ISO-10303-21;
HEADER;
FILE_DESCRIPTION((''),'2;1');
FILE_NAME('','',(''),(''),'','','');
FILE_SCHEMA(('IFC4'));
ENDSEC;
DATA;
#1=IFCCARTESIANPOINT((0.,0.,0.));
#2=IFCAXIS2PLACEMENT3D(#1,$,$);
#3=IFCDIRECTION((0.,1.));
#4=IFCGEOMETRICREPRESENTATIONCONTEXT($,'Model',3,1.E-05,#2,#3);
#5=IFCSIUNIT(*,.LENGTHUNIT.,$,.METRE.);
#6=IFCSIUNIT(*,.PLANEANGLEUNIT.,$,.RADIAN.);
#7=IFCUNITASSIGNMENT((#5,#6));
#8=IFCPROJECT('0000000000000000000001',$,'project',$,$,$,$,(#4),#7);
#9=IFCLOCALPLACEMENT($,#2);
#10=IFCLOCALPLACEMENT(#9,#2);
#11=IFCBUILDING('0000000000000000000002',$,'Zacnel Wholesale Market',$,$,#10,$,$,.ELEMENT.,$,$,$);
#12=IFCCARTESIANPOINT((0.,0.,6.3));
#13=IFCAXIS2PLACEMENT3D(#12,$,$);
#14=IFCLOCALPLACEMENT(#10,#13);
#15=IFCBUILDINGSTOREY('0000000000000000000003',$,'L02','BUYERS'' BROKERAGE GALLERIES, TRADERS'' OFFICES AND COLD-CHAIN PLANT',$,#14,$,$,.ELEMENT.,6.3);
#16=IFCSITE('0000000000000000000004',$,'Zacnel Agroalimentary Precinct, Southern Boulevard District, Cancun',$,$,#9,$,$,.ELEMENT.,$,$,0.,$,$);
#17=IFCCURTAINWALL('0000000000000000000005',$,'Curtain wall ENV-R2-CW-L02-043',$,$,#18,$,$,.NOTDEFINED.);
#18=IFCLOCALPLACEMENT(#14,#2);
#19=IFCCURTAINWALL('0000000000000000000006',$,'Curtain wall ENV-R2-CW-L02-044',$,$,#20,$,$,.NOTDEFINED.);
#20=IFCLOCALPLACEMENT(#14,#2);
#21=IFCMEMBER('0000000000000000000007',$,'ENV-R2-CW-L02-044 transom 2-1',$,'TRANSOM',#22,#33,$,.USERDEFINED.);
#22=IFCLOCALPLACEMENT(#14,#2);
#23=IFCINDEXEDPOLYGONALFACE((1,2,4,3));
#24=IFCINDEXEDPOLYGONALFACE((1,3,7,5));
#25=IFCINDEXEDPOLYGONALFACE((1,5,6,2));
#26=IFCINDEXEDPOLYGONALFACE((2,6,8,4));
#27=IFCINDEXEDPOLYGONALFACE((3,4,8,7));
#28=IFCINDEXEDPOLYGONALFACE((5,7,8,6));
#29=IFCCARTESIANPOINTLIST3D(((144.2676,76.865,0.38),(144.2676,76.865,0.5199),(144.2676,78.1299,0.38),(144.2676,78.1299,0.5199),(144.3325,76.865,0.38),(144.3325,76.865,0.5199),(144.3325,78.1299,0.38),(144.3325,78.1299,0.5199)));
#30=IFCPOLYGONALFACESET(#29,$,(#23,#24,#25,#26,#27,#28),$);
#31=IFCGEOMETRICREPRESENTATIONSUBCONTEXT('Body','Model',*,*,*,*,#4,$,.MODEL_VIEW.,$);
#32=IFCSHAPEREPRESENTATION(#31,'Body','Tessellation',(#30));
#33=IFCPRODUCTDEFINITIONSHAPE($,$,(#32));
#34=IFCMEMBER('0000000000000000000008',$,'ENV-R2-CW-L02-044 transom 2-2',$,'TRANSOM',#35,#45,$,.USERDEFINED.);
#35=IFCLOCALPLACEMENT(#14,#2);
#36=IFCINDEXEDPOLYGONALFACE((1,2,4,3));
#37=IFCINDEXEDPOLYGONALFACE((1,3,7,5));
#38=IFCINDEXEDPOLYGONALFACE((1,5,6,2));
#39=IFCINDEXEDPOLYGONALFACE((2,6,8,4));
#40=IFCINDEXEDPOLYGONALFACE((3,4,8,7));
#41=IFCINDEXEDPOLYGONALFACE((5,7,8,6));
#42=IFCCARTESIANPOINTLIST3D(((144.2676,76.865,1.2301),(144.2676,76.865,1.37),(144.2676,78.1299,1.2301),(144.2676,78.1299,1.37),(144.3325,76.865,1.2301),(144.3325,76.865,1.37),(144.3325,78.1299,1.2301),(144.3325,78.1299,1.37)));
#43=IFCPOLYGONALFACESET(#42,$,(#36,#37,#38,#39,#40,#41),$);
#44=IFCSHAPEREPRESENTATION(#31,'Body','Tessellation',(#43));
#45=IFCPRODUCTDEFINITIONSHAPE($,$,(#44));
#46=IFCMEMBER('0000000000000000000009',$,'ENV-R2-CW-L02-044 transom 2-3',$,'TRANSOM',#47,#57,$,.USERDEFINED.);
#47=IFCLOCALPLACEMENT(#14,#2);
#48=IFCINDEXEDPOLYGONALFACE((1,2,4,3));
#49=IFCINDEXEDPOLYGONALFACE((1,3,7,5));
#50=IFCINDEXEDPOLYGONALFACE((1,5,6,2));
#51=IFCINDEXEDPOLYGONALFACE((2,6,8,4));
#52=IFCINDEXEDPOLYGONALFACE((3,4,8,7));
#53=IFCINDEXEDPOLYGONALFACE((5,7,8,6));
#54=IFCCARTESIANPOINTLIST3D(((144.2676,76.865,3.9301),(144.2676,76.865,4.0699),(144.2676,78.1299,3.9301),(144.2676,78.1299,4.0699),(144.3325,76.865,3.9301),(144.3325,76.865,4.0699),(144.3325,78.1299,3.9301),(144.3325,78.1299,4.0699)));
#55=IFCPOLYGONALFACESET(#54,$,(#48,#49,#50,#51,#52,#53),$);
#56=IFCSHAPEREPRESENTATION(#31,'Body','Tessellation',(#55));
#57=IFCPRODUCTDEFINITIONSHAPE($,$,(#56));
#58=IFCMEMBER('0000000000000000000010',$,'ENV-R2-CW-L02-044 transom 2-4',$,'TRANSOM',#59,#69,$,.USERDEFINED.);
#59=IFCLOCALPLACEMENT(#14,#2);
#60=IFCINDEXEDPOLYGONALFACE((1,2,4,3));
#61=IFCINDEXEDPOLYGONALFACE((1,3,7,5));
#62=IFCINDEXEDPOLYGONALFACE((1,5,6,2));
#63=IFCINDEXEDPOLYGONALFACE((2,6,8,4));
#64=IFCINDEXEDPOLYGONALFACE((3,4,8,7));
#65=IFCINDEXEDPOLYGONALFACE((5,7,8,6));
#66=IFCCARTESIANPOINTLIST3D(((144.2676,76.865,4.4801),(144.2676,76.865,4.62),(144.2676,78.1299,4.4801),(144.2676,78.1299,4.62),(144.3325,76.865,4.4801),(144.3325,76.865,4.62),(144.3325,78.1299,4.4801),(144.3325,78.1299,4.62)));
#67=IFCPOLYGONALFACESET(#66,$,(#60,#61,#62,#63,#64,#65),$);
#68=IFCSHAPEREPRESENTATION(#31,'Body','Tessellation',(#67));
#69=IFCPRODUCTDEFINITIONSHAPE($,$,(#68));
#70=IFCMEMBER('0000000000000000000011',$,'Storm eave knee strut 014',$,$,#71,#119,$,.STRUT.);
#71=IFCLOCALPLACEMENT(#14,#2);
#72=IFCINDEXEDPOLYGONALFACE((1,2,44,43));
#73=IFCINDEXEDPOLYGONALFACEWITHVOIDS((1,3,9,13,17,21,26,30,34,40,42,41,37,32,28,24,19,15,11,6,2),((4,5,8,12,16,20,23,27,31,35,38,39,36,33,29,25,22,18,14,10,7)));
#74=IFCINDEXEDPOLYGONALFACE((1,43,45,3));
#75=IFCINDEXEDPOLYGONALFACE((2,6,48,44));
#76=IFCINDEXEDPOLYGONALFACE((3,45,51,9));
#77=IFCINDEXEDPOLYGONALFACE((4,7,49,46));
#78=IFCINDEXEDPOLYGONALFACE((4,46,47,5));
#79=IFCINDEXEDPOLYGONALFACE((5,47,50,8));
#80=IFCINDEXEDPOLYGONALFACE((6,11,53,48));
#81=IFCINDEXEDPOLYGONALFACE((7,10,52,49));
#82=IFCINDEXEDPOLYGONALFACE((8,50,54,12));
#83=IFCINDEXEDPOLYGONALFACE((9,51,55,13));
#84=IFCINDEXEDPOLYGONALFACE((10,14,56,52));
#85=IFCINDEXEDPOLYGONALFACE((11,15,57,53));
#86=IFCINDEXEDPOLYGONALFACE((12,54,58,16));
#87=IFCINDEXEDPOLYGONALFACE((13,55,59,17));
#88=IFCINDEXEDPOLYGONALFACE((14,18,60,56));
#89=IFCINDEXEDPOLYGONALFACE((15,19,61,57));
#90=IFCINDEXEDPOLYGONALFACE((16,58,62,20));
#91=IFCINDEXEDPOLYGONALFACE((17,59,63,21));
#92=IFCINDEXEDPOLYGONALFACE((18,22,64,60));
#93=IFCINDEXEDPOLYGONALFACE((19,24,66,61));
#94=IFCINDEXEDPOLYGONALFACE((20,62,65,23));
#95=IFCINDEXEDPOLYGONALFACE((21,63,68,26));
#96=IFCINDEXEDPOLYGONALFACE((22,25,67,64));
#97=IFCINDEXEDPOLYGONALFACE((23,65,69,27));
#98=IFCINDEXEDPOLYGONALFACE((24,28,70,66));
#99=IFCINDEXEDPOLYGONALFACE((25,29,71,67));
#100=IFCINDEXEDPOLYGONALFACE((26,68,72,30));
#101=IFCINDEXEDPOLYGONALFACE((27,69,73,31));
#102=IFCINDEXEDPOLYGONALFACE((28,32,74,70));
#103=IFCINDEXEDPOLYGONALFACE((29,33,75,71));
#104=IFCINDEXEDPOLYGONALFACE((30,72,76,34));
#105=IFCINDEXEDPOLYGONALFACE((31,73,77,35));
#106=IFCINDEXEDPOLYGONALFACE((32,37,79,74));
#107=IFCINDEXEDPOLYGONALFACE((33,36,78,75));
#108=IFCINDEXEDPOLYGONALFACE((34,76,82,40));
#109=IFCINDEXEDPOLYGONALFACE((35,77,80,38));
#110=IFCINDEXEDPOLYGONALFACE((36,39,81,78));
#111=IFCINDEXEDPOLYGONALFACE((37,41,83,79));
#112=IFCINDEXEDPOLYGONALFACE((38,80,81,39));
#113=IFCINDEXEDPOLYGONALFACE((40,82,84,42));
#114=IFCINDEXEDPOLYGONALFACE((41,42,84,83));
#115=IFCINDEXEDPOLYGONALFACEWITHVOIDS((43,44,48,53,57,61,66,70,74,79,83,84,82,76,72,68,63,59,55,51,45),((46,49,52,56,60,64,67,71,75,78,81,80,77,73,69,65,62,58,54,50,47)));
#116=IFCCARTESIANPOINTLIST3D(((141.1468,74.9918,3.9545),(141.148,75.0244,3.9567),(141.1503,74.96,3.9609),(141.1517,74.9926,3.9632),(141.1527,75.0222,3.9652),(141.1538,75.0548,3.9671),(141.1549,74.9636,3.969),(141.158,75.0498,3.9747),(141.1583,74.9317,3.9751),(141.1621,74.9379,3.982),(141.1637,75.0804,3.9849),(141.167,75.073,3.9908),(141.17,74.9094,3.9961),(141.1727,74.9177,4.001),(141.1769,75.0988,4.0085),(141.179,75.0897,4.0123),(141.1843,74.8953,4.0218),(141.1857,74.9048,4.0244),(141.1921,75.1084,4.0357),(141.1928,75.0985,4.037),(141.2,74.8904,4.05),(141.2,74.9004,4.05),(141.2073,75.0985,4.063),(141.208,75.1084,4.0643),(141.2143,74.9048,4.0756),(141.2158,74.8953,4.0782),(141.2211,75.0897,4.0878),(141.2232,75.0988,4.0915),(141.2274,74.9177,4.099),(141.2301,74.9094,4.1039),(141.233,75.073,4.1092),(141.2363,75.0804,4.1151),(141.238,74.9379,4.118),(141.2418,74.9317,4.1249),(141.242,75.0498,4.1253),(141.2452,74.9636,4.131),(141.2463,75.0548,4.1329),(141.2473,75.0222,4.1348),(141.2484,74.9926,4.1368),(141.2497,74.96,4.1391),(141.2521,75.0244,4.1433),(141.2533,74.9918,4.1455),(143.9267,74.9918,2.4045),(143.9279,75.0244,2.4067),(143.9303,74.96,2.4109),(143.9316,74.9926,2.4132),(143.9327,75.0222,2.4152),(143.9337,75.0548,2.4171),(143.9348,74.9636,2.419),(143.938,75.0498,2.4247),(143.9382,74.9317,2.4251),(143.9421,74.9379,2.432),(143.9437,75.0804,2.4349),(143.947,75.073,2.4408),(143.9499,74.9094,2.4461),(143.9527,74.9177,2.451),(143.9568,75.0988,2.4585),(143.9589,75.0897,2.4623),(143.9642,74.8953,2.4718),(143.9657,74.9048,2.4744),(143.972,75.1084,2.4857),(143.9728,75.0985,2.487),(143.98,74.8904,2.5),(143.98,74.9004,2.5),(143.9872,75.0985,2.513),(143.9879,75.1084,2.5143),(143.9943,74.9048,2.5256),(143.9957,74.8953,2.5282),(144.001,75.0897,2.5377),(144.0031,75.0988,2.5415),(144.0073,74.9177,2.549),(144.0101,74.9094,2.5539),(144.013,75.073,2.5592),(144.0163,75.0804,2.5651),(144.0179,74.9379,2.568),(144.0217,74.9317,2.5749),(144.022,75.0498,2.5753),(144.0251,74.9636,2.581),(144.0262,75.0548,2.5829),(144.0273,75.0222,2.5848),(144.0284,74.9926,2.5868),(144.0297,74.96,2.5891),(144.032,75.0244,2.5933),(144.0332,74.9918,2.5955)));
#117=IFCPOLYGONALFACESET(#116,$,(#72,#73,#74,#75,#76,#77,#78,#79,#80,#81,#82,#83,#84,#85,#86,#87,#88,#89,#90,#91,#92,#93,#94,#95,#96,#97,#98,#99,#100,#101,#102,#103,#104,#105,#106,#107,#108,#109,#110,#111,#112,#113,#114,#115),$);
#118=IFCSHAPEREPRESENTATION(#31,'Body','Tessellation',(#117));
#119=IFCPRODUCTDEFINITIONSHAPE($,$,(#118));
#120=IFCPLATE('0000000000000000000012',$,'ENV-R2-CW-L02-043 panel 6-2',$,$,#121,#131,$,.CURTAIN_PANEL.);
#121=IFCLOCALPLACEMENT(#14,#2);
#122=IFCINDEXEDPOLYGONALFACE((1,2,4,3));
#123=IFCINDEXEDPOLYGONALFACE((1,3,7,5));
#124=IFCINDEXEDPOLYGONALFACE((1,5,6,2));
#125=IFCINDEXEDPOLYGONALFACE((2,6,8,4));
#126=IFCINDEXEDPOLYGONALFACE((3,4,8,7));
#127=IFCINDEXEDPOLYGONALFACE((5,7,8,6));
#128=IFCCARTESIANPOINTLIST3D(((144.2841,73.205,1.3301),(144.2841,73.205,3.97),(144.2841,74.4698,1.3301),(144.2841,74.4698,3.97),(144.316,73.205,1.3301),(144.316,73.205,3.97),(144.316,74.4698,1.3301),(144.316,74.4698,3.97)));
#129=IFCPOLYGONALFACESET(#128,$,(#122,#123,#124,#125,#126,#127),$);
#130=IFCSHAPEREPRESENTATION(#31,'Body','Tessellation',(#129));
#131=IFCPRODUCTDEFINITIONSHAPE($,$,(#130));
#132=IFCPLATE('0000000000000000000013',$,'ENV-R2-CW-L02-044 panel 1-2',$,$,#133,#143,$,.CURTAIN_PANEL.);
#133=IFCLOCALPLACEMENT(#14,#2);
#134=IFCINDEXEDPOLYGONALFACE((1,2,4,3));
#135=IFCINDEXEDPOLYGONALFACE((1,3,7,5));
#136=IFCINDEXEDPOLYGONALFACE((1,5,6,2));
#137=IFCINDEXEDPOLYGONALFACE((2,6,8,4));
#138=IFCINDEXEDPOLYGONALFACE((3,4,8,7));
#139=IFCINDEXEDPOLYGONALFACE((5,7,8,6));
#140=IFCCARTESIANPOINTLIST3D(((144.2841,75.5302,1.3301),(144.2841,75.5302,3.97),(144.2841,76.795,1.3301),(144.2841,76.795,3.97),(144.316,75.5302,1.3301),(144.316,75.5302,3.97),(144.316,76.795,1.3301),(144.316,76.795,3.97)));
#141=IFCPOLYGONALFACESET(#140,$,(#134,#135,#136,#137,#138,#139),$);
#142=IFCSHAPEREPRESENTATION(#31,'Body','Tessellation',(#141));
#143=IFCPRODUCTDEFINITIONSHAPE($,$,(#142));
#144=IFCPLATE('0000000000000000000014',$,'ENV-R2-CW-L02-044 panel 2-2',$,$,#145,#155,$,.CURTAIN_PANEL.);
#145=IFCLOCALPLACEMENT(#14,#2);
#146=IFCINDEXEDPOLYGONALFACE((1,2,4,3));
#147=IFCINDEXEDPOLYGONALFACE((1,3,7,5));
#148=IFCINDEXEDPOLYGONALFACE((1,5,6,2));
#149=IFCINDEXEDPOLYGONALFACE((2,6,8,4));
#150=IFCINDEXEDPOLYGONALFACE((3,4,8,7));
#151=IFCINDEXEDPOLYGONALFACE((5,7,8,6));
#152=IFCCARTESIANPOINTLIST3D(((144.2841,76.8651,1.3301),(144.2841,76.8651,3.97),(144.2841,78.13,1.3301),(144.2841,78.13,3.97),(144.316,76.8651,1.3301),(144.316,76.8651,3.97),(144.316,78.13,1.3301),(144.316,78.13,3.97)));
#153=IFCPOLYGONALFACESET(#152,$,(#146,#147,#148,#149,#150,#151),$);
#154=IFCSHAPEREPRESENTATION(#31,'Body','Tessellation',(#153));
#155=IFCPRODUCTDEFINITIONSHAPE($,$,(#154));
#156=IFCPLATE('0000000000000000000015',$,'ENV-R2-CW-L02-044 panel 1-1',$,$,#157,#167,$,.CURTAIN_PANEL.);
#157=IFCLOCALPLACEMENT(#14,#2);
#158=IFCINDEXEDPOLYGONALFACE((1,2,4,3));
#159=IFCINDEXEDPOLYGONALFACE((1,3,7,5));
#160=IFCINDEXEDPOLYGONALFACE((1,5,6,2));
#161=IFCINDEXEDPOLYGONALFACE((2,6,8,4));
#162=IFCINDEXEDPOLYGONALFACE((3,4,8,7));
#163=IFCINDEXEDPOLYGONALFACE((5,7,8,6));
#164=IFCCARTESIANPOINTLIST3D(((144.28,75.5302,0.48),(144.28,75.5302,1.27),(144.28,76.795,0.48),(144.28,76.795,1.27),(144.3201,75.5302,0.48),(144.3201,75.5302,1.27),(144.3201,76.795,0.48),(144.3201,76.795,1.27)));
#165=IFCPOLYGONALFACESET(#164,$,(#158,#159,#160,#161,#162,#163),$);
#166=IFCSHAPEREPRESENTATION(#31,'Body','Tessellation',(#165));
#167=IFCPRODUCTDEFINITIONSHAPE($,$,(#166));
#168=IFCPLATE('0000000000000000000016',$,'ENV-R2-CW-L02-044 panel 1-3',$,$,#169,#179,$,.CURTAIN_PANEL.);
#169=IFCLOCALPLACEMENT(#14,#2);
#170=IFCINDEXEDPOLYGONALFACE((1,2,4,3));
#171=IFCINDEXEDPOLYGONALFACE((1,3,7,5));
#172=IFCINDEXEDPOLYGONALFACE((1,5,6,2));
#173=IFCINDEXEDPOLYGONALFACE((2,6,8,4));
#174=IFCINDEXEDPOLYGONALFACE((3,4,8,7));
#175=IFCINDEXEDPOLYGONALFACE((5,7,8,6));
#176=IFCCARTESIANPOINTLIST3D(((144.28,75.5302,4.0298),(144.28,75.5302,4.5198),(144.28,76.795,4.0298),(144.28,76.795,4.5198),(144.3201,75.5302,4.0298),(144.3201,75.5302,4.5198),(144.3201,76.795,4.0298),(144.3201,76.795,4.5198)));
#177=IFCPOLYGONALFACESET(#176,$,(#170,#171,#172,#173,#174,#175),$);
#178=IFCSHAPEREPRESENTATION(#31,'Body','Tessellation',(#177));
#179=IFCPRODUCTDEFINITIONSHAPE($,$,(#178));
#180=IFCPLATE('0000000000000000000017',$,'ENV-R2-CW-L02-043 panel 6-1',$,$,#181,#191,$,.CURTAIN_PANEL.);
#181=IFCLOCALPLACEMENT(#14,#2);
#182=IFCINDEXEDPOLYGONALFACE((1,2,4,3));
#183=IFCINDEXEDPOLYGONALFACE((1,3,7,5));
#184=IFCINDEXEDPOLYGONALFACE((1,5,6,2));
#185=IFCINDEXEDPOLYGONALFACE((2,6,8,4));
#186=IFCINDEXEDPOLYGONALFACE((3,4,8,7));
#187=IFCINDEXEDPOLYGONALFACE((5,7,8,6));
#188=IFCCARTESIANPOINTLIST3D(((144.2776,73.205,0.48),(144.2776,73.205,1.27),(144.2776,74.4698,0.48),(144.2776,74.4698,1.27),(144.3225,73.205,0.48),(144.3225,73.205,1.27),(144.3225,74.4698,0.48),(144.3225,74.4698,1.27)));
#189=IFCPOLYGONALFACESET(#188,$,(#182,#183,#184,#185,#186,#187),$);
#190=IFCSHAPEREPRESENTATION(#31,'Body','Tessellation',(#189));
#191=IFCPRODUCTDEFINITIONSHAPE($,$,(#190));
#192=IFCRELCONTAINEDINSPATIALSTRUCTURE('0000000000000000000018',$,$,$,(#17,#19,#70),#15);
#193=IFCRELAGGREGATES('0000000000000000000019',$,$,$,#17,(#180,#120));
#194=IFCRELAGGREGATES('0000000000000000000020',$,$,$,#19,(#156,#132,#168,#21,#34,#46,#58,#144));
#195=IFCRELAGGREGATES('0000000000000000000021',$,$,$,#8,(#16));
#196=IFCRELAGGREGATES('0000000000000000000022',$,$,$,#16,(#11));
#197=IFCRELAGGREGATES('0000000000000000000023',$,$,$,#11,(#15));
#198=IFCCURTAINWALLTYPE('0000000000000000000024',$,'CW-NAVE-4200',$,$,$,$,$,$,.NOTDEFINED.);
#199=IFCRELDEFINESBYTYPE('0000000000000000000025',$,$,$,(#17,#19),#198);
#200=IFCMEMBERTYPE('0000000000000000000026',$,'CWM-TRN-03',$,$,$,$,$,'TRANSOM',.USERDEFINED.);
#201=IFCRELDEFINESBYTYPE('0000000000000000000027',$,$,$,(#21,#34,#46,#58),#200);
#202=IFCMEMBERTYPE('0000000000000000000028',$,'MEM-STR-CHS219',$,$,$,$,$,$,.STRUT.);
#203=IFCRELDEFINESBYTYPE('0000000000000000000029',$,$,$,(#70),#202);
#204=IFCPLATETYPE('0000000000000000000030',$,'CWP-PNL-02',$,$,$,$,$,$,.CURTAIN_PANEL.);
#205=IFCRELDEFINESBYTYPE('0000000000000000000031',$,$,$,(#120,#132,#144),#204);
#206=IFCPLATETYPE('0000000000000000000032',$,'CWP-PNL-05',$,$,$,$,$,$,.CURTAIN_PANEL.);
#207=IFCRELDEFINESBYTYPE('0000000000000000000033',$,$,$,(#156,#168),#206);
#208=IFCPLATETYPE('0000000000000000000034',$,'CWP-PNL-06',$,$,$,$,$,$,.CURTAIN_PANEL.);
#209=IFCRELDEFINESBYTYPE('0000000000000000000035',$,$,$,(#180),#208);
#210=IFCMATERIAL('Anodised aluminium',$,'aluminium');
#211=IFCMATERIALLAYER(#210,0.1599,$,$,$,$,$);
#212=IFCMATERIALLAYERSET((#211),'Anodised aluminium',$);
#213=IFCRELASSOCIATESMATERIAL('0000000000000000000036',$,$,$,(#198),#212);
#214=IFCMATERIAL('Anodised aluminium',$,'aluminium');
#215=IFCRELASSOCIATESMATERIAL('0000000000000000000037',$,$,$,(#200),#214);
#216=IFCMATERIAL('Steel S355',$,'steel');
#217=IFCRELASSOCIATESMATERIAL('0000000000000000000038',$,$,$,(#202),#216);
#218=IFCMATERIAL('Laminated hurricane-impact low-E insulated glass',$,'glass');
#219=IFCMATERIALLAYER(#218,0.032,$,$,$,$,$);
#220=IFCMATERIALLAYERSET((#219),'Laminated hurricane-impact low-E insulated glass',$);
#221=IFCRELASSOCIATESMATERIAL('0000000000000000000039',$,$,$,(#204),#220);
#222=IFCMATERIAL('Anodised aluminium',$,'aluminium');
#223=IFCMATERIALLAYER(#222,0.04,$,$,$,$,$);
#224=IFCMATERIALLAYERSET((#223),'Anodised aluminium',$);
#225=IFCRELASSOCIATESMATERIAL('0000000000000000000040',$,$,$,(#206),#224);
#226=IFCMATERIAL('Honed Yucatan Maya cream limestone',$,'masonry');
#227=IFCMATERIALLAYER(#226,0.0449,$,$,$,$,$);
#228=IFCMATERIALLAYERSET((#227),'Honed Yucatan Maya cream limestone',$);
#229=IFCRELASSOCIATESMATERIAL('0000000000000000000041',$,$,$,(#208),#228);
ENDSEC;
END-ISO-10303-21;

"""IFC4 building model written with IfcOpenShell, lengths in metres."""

from ifc_helpers import new_model, si_unit, direction, frame, origin, origin_2d, place, context, subcontext, project, spatial, rectangle, hollow_circle, extrude, material, layer, layer_set, material_profile, profile_set, type_object, element, aggregate, save


model = new_model("IFC4")

# Units and contexts
model_context = context("Model", 3, precision=1e-05, world=origin(), true_north=direction((0.0, 1.0)))
body_context = subcontext(model_context, "Body", "Model", "MODEL_VIEW")
ifc_project = project(units=[si_unit("LENGTHUNIT", "METRE"), si_unit("PLANEANGLEUNIT", "RADIAN")], contexts=[model_context])

# Site, building, storey
site_placement = place(None, origin())
site = spatial("IfcSite", under=ifc_project, at=site_placement, Name="Zacnel Agroalimentary Precinct, Southern Boulevard District, Cancun", CompositionType="ELEMENT", RefElevation=0.0)
building_placement = place(site_placement, origin())
building = spatial("IfcBuilding", under=site, at=building_placement, Name="Zacnel Wholesale Market", CompositionType="ELEMENT")
storey_placement = place(building_placement, frame((0.0, 0.0, 6.3)))
storey = spatial("IfcBuildingStorey", under=building, at=storey_placement, Name="L02", Description="BUYERS' BROKERAGE GALLERIES, TRADERS' OFFICES AND COLD-CHAIN PLANT", CompositionType="ELEMENT", Elevation=6.3)

# Curtain walls
ifc_material_1 = material(Name="Anodised aluminium", Category="aluminium")
ifc_layer_1 = layer(ifc_material_1, 0.1599)
ifc_layer_set_1 = layer_set([ifc_layer_1], Name="Anodised aluminium")
curtain_wall_type = type_object("IfcCurtainWallType", Name="CW-NAVE-4200", PredefinedType="NOTDEFINED", material=ifc_layer_set_1)
curtain_wall_1_placement = place(storey_placement, origin())
curtain_wall_1 = element("IfcCurtainWall", 1, at=curtain_wall_1_placement, inside=storey, type_object=curtain_wall_type, Name="Curtain wall ENV-R2-CW-L02-043", PredefinedType="NOTDEFINED")
curtain_wall_2_placement = place(storey_placement, origin())
curtain_wall_2 = element("IfcCurtainWall", 2, at=curtain_wall_2_placement, inside=storey, type_object=curtain_wall_type, Name="Curtain wall ENV-R2-CW-L02-044", PredefinedType="NOTDEFINED")

# Members
ifc_material_2 = material(Name="Anodised aluminium", Category="aluminium")
ifc_material_profile_1 = material_profile(ifc_material_2, rectangle(XDim=0.0649, YDim=0.1399, at=origin_2d()), Name="AW-TRANSOM 65x140")
ifc_profile_set_1 = profile_set([ifc_material_profile_1], Name="Anodised aluminium")
member_type_1 = type_object("IfcMemberType", Name="CWM-TRN-03", ElementType="TRANSOM", PredefinedType="USERDEFINED", material=ifc_profile_set_1)
member_1_placement = place(storey_placement, frame((144.3, 76.865, 0.45), z_axis=(0.0, 1.0, 0.0), x_axis=(-1.0, 0.0, 0.0)))
member_1 = element("IfcMember", 3, at=member_1_placement, type_object=member_type_1, Name="ENV-R2-CW-L02-044 transom 2-1", ObjectType="TRANSOM", PredefinedType="USERDEFINED", context=body_context, shape_type="SweptSolid", body=[
    extrude(rectangle(XDim=0.0649, YDim=0.1399, at=origin_2d()), origin(), (0.0, 0.0, 1.0), 1.2649),
])
member_2_placement = place(storey_placement, frame((144.3, 76.865, 1.3), z_axis=(0.0, 1.0, 0.0), x_axis=(-1.0, 0.0, 0.0)))
member_2 = element("IfcMember", 4, at=member_2_placement, type_object=member_type_1, Name="ENV-R2-CW-L02-044 transom 2-2", ObjectType="TRANSOM", PredefinedType="USERDEFINED", context=body_context, shape_type="SweptSolid", body=[
    extrude(rectangle(XDim=0.0649, YDim=0.1399, at=origin_2d()), origin(), (0.0, 0.0, 1.0), 1.2649),
])
member_3_placement = place(storey_placement, frame((144.3, 76.865, 4.0), z_axis=(0.0, 1.0, 0.0), x_axis=(-1.0, 0.0, 0.0)))
member_3 = element("IfcMember", 5, at=member_3_placement, type_object=member_type_1, Name="ENV-R2-CW-L02-044 transom 2-3", ObjectType="TRANSOM", PredefinedType="USERDEFINED", context=body_context, shape_type="SweptSolid", body=[
    extrude(rectangle(XDim=0.0649, YDim=0.1399, at=origin_2d()), origin(), (0.0, 0.0, 1.0), 1.2649),
])
member_4_placement = place(storey_placement, frame((144.3, 76.865, 4.55), z_axis=(0.0, 1.0, 0.0), x_axis=(-1.0, 0.0, 0.0)))
member_4 = element("IfcMember", 6, at=member_4_placement, type_object=member_type_1, Name="ENV-R2-CW-L02-044 transom 2-4", ObjectType="TRANSOM", PredefinedType="USERDEFINED", context=body_context, shape_type="SweptSolid", body=[
    extrude(rectangle(XDim=0.0649, YDim=0.1399, at=origin_2d()), origin(), (0.0, 0.0, 1.0), 1.2649),
])
ifc_material_3 = material(Name="Steel S355", Category="steel")
ifc_material_profile_2 = material_profile(ifc_material_3, hollow_circle(Radius=0.1096, WallThickness=0.01, at=origin_2d()), Name="CHS 219.1x10")
ifc_profile_set_2 = profile_set([ifc_material_profile_2], Name="Steel S355")
member_type_2 = type_object("IfcMemberType", Name="MEM-STR-CHS219", PredefinedType="STRUT", material=ifc_profile_set_2)
member_5_placement = place(storey_placement, frame((143.98, 75.0, 2.5), z_axis=(-0.873411, 0.0, 0.486984), x_axis=(0.0, -1.0, 0.0)))
element("IfcMember", 7, at=member_5_placement, inside=storey, type_object=member_type_2, Name="Storm eave knee strut 014", PredefinedType="STRUT", context=body_context, shape_type="SweptSolid", body=[
    extrude(hollow_circle(Radius=0.1096, WallThickness=0.01, at=origin_2d()), origin(), (0.0, 0.0, 1.0), 3.1829),
])

# Plates
ifc_material_4 = material(Name="Laminated hurricane-impact low-E insulated glass", Category="glass")
ifc_layer_2 = layer(ifc_material_4, 0.032)
ifc_layer_set_2 = layer_set([ifc_layer_2], Name="Laminated hurricane-impact low-E insulated glass")
plate_type_1 = type_object("IfcPlateType", Name="CWP-PNL-02", PredefinedType="CURTAIN_PANEL", material=ifc_layer_set_2)
plate_1_placement = place(storey_placement, frame((144.3, 73.8374, 1.3301), z_axis=(0.0, 0.0, 1.0), x_axis=(0.0, 1.0, 0.0)))
plate_1 = element("IfcPlate", 8, at=plate_1_placement, type_object=plate_type_1, Name="ENV-R2-CW-L02-043 panel 6-2", PredefinedType="CURTAIN_PANEL", context=body_context, shape_type="SweptSolid", body=[
    extrude(rectangle(XDim=1.2649, YDim=0.032, at=origin_2d()), origin(), (0.0, 0.0, 1.0), 2.6399),
])
plate_2_placement = place(storey_placement, frame((144.3, 76.1626, 1.3301), z_axis=(0.0, 0.0, 1.0), x_axis=(0.0, 1.0, 0.0)))
plate_2 = element("IfcPlate", 9, at=plate_2_placement, type_object=plate_type_1, Name="ENV-R2-CW-L02-044 panel 1-2", PredefinedType="CURTAIN_PANEL", context=body_context, shape_type="SweptSolid", body=[
    extrude(rectangle(XDim=1.2649, YDim=0.032, at=origin_2d()), origin(), (0.0, 0.0, 1.0), 2.6399),
])
plate_3_placement = place(storey_placement, frame((144.3, 77.4976, 1.3301), z_axis=(0.0, 0.0, 1.0), x_axis=(0.0, 1.0, 0.0)))
plate_3 = element("IfcPlate", 10, at=plate_3_placement, type_object=plate_type_1, Name="ENV-R2-CW-L02-044 panel 2-2", PredefinedType="CURTAIN_PANEL", context=body_context, shape_type="SweptSolid", body=[
    extrude(rectangle(XDim=1.2649, YDim=0.032, at=origin_2d()), origin(), (0.0, 0.0, 1.0), 2.6399),
])
ifc_material_5 = material(Name="Anodised aluminium", Category="aluminium")
ifc_layer_3 = layer(ifc_material_5, 0.04)
ifc_layer_set_3 = layer_set([ifc_layer_3], Name="Anodised aluminium")
plate_type_2 = type_object("IfcPlateType", Name="CWP-PNL-05", PredefinedType="CURTAIN_PANEL", material=ifc_layer_set_3)
plate_4_placement = place(storey_placement, frame((144.3, 76.1626, 0.48), z_axis=(0.0, 0.0, 1.0), x_axis=(0.0, 1.0, 0.0)))
plate_4 = element("IfcPlate", 11, at=plate_4_placement, type_object=plate_type_2, Name="ENV-R2-CW-L02-044 panel 1-1", PredefinedType="CURTAIN_PANEL", context=body_context, shape_type="SweptSolid", body=[
    extrude(rectangle(XDim=1.2649, YDim=0.04, at=origin_2d()), origin(), (0.0, 0.0, 1.0), 0.79),
])
plate_5_placement = place(storey_placement, frame((144.3, 76.1626, 4.0298), z_axis=(0.0, 0.0, 1.0), x_axis=(0.0, 1.0, 0.0)))
plate_5 = element("IfcPlate", 12, at=plate_5_placement, type_object=plate_type_2, Name="ENV-R2-CW-L02-044 panel 1-3", PredefinedType="CURTAIN_PANEL", context=body_context, shape_type="SweptSolid", body=[
    extrude(rectangle(XDim=1.2649, YDim=0.04, at=origin_2d()), origin(), (0.0, 0.0, 1.0), 0.49),
])
ifc_material_6 = material(Name="Honed Yucatan Maya cream limestone", Category="masonry")
ifc_layer_4 = layer(ifc_material_6, 0.0449)
ifc_layer_set_4 = layer_set([ifc_layer_4], Name="Honed Yucatan Maya cream limestone")
plate_type_3 = type_object("IfcPlateType", Name="CWP-PNL-06", PredefinedType="CURTAIN_PANEL", material=ifc_layer_set_4)
plate_6_placement = place(storey_placement, frame((144.3, 73.8374, 0.48), z_axis=(0.0, 0.0, 1.0), x_axis=(0.0, 1.0, 0.0)))
plate_6 = element("IfcPlate", 13, at=plate_6_placement, type_object=plate_type_3, Name="ENV-R2-CW-L02-043 panel 6-1", PredefinedType="CURTAIN_PANEL", context=body_context, shape_type="SweptSolid", body=[
    extrude(rectangle(XDim=1.2649, YDim=0.0449, at=origin_2d()), origin(), (0.0, 0.0, 1.0), 0.79),
])
aggregate(curtain_wall_1, [plate_6, plate_1])
aggregate(curtain_wall_2, [plate_4, plate_2, plate_5, member_1, member_2, member_3, member_4, plate_3])

save(model, "model.ifc")
